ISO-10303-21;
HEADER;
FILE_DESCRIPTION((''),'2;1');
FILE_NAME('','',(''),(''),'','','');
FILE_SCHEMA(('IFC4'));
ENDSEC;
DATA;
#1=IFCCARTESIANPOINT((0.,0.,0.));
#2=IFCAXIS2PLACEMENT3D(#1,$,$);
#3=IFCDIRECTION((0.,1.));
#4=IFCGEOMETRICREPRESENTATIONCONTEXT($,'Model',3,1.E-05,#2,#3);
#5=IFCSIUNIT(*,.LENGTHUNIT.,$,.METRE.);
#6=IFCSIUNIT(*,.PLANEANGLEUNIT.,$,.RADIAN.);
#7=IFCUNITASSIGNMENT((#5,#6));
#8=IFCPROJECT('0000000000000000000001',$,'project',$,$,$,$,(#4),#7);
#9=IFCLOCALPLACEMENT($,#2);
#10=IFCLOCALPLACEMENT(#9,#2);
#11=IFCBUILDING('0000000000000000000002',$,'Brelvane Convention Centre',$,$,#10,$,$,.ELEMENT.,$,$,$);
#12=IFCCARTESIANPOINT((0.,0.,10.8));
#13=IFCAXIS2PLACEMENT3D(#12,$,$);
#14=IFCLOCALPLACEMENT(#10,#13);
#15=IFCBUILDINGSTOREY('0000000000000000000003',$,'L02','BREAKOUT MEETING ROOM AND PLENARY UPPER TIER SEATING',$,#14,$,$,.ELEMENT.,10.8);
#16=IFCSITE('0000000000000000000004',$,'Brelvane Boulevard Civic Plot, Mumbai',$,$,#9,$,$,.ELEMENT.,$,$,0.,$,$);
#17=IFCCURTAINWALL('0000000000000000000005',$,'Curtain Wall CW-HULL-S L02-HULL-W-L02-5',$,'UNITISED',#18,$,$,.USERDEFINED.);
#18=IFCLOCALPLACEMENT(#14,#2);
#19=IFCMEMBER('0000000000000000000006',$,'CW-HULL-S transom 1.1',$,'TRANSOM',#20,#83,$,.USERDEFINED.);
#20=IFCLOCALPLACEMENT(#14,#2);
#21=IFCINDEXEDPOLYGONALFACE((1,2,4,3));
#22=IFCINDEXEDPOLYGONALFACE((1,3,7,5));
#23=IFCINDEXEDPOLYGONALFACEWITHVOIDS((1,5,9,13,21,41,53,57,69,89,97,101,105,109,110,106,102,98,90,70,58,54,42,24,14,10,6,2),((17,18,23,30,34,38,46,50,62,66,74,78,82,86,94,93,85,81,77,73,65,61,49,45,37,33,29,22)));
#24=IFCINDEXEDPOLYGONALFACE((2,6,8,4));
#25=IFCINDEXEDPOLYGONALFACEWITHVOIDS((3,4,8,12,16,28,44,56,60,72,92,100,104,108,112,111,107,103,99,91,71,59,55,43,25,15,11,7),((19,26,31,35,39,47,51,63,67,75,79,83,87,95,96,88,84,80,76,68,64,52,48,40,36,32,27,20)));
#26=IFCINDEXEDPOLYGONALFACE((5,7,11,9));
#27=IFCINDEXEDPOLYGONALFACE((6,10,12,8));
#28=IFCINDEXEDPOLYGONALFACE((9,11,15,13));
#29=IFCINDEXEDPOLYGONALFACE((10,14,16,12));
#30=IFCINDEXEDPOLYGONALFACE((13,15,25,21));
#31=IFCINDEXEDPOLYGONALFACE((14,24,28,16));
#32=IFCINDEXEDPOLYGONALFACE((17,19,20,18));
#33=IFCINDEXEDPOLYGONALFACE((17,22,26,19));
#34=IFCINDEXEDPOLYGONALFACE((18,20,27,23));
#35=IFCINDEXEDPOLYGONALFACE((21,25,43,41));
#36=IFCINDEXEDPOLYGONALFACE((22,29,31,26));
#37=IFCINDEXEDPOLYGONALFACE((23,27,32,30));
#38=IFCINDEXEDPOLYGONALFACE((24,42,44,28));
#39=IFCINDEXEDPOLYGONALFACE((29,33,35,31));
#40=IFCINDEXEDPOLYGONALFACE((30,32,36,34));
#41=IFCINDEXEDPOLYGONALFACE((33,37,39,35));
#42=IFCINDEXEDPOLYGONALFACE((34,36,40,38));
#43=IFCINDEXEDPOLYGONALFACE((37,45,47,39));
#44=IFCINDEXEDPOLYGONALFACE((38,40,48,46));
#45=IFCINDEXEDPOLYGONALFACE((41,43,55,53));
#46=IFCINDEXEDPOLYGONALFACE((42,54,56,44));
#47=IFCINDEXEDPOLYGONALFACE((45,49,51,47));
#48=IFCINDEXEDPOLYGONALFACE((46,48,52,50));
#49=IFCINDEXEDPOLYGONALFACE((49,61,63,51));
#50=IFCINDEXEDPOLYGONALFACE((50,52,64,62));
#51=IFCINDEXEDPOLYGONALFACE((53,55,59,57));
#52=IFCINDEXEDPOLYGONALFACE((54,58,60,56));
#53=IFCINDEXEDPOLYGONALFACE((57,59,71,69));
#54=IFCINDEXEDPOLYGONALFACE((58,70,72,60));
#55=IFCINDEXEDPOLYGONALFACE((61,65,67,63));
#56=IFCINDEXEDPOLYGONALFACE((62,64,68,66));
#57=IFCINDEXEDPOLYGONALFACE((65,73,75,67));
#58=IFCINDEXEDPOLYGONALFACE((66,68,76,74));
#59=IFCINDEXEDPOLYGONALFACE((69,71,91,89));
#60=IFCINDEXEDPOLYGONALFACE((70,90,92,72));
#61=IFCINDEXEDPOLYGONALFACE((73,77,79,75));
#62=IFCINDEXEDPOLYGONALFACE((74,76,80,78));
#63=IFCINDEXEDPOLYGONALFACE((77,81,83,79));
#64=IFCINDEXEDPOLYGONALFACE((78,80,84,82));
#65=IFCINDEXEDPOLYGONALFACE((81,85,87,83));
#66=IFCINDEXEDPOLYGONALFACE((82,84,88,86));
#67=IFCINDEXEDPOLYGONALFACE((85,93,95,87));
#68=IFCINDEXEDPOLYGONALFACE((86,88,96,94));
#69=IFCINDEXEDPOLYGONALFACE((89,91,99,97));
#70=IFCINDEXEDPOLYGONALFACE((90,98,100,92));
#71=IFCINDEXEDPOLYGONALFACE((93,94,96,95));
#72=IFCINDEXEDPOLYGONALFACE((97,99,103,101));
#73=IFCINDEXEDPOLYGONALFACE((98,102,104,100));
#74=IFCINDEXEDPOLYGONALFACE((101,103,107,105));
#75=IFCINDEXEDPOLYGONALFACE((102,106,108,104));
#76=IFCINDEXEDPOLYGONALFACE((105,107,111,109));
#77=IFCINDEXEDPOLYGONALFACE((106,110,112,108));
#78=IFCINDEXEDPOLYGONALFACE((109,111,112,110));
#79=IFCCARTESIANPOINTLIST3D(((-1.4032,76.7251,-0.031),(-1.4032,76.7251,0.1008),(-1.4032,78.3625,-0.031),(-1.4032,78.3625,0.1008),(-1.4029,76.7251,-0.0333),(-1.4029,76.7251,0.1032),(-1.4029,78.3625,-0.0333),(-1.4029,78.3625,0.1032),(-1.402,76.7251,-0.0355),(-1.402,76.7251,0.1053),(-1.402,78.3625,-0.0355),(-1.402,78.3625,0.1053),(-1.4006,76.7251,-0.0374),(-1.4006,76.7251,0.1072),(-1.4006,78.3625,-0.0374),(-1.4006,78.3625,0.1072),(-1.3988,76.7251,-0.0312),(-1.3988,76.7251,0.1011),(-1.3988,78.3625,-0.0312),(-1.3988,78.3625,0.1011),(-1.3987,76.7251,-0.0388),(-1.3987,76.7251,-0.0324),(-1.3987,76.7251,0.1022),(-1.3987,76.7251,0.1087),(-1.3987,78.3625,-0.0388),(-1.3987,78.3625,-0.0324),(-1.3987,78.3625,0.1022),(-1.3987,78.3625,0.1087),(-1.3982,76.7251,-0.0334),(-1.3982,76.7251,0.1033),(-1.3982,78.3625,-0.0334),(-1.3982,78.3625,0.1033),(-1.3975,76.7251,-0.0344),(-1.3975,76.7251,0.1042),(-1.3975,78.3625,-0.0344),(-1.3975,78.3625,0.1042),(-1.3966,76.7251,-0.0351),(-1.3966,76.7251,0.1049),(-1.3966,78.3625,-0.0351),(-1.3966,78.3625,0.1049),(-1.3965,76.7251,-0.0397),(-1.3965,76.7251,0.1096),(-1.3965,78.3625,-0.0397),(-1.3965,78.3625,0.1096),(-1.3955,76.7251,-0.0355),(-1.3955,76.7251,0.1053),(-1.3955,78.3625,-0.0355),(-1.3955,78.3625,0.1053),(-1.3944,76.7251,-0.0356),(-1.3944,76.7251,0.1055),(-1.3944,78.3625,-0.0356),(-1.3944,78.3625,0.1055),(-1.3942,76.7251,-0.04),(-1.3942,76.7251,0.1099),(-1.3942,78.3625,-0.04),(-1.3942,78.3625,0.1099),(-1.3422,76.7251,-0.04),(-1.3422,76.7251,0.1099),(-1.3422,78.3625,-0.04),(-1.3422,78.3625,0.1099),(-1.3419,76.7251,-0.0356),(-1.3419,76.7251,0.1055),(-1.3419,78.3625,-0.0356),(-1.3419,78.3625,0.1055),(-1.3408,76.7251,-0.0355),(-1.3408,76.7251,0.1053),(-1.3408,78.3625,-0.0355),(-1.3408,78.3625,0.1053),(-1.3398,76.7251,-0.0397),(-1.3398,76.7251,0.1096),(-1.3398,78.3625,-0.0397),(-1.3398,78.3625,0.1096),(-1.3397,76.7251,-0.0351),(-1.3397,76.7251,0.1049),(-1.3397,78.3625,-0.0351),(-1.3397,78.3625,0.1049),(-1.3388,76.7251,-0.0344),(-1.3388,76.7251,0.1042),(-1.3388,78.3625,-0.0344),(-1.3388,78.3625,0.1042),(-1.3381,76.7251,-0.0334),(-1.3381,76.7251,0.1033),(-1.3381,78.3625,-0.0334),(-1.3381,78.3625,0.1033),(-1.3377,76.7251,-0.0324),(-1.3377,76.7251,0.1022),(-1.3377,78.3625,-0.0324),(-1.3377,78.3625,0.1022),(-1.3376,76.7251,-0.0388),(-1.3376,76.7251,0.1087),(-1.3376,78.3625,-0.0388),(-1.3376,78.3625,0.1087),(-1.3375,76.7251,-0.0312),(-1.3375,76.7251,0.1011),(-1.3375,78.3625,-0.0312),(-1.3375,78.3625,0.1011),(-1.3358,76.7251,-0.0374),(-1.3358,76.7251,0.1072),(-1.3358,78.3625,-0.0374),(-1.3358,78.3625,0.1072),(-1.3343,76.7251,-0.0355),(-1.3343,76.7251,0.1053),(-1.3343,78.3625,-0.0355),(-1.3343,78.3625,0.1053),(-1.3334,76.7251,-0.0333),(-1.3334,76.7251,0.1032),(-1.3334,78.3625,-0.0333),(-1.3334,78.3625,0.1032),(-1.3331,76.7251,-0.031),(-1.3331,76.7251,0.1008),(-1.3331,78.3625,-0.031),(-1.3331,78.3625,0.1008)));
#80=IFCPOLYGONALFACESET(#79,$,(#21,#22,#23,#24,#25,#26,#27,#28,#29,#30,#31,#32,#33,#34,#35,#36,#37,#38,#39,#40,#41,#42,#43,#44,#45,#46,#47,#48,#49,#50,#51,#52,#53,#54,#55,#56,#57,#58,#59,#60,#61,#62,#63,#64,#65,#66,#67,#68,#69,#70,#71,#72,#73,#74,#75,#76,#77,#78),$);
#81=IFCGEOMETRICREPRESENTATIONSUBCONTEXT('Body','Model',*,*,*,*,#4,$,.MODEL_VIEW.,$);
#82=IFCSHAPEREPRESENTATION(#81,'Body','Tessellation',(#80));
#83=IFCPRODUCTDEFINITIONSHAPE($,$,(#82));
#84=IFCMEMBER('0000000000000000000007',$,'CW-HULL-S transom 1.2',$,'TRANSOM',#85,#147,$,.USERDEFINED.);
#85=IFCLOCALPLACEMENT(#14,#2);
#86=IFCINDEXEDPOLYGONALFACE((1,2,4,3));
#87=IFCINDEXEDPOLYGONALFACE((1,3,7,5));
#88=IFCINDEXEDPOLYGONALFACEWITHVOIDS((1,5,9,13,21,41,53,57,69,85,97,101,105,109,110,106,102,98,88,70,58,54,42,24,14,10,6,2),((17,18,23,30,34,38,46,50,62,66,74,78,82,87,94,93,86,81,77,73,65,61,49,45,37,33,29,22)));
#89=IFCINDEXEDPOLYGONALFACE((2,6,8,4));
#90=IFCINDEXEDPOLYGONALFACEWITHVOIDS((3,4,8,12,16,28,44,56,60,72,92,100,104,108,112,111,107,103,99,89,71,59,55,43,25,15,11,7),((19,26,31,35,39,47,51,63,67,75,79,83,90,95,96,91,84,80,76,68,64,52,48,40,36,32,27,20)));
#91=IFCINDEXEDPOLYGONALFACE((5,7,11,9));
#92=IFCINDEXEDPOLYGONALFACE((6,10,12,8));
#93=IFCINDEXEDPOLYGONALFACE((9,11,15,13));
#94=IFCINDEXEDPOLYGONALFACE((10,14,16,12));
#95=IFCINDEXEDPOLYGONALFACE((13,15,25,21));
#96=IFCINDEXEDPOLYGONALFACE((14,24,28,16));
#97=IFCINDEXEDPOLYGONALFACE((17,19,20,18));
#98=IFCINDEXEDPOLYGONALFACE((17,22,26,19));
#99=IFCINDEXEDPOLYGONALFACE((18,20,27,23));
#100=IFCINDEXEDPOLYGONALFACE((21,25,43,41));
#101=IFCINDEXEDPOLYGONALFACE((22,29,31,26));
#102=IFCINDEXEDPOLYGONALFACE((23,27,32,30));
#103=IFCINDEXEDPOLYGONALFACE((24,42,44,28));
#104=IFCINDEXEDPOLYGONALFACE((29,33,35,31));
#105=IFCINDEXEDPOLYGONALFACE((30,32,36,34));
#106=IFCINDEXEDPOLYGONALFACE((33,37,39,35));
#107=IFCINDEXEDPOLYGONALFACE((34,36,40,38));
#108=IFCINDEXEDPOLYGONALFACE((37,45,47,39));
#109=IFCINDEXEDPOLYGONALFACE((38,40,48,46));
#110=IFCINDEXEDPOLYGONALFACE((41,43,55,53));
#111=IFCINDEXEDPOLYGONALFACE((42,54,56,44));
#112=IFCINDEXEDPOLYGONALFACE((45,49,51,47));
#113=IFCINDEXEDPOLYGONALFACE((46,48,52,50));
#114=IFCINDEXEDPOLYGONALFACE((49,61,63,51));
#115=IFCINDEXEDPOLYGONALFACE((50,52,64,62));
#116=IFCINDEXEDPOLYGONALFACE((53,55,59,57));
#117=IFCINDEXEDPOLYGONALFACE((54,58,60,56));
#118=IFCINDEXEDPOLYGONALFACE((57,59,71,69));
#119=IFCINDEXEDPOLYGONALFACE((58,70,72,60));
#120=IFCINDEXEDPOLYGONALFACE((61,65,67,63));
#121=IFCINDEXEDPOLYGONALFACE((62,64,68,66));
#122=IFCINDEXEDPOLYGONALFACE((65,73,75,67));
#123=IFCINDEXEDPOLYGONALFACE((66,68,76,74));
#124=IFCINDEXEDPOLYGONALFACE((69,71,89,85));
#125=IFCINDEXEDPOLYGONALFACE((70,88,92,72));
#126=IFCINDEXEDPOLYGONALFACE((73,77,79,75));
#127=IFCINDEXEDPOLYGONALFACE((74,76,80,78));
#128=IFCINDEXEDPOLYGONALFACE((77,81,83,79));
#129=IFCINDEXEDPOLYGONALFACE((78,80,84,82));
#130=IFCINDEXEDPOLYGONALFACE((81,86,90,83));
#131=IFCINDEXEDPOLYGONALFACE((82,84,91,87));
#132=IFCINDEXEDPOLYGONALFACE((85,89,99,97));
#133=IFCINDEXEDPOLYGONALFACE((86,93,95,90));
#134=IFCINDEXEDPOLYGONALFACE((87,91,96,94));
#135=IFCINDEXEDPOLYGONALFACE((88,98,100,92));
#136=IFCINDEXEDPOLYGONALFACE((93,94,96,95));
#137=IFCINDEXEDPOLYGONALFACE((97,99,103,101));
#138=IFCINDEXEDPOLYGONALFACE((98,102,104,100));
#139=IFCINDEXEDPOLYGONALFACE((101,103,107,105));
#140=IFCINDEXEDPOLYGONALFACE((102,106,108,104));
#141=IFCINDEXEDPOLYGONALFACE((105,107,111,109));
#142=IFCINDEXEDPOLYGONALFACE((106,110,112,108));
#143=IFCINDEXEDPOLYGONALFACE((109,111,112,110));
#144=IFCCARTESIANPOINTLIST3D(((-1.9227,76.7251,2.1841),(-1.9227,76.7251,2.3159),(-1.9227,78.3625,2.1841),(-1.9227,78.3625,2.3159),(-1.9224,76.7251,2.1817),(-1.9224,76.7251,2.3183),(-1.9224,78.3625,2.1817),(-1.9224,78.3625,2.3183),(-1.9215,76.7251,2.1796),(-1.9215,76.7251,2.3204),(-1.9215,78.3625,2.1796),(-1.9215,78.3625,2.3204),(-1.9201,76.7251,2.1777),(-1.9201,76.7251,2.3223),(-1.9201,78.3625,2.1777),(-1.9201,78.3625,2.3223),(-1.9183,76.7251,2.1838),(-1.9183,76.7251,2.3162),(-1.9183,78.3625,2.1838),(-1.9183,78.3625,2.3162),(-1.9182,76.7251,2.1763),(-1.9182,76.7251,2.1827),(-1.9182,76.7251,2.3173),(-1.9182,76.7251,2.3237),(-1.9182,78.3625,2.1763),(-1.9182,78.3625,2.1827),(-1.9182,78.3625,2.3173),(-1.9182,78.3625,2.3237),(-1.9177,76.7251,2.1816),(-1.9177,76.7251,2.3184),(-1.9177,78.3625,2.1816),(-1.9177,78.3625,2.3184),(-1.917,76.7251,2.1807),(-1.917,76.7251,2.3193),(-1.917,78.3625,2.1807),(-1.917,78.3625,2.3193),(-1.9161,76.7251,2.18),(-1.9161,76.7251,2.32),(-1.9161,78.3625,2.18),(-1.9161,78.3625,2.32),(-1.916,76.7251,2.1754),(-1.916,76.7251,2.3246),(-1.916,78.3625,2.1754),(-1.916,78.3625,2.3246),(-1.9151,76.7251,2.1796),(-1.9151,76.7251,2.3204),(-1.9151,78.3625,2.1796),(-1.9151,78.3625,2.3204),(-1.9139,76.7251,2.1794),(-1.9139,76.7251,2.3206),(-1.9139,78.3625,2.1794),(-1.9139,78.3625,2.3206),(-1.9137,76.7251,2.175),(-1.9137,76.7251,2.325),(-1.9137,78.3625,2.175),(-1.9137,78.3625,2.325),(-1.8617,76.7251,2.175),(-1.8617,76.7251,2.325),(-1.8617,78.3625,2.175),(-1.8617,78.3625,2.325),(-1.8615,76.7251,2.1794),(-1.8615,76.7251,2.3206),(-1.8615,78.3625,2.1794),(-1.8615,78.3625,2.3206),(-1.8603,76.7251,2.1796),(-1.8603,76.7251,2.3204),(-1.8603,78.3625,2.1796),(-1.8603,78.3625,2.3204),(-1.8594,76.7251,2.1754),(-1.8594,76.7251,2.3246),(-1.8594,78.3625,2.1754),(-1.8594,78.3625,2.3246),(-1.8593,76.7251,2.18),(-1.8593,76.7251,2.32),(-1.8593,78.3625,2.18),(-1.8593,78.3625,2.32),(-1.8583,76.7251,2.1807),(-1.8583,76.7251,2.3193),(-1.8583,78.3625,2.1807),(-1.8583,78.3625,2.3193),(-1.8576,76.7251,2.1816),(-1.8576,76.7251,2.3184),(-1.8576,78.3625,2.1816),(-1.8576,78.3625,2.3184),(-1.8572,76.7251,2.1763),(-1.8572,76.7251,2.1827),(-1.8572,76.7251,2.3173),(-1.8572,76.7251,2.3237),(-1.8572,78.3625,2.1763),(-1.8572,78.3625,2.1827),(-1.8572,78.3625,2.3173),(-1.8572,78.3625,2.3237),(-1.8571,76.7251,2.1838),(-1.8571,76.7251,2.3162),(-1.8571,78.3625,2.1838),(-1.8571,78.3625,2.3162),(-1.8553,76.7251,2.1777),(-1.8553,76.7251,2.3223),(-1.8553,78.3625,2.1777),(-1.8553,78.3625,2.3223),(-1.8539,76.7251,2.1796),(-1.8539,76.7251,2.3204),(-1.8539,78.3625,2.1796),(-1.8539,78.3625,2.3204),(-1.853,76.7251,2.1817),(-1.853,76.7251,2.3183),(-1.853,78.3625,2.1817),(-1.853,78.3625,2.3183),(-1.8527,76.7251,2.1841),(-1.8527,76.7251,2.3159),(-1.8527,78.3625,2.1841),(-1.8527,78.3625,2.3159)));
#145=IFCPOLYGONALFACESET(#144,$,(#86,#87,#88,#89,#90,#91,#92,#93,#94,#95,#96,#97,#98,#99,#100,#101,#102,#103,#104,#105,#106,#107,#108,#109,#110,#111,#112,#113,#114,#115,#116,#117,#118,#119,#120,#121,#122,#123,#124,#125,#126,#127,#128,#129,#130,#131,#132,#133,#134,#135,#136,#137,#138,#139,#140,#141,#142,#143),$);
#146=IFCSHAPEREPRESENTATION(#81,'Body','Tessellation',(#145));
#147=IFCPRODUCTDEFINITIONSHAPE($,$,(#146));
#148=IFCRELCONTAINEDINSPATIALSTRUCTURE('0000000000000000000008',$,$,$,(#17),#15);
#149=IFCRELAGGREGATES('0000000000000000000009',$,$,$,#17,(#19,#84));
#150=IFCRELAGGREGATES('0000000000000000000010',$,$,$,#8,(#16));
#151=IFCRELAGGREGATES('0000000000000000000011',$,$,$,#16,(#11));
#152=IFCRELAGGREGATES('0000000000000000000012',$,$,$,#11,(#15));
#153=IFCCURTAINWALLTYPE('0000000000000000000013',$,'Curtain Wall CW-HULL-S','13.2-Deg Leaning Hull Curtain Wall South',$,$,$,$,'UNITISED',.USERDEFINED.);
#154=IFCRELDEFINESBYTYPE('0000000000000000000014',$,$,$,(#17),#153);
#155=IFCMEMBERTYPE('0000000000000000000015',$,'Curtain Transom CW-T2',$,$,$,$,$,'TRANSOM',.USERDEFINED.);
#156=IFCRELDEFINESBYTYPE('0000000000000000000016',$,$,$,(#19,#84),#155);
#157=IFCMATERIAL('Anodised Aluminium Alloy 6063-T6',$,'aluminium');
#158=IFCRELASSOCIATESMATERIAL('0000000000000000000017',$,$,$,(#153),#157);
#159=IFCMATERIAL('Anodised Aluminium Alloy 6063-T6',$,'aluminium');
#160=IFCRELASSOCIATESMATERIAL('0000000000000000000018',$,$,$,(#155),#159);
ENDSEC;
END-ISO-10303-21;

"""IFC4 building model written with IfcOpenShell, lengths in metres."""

from ifc_helpers import new_model, si_unit, direction, frame, origin, origin_2d, place, context, subcontext, project, spatial, hollow_rectangle, extrude, material, material_profile, profile_set, type_object, element, aggregate, save


model = new_model("IFC4")

# Units and contexts
model_context = context("Model", 3, precision=1e-05, world=origin(), true_north=direction((0.0, 1.0)))
body_context = subcontext(model_context, "Body", "Model", "MODEL_VIEW")
ifc_project = project(units=[si_unit("LENGTHUNIT", "METRE"), si_unit("PLANEANGLEUNIT", "RADIAN")], contexts=[model_context])

# Site, building, storey
site_placement = place(None, origin())
site = spatial("IfcSite", under=ifc_project, at=site_placement, Name="Brelvane Boulevard Civic Plot, Mumbai", CompositionType="ELEMENT", RefElevation=0.0)
building_placement = place(site_placement, origin())
building = spatial("IfcBuilding", under=site, at=building_placement, Name="Brelvane Convention Centre", CompositionType="ELEMENT")
storey_placement = place(building_placement, frame((0.0, 0.0, 10.8)))
storey = spatial("IfcBuildingStorey", under=building, at=storey_placement, Name="L02", Description="BREAKOUT MEETING ROOM AND PLENARY UPPER TIER SEATING", CompositionType="ELEMENT", Elevation=10.8)

# Curtain wall, members
ifc_material_1 = material(Name="Anodised Aluminium Alloy 6063-T6", Category="aluminium")
curtain_wall_type = type_object("IfcCurtainWallType", Name="Curtain Wall CW-HULL-S", Description="13.2-Deg Leaning Hull Curtain Wall South", ElementType="UNITISED", PredefinedType="USERDEFINED", material=ifc_material_1)
curtain_wall_placement = place(storey_placement, origin())
curtain_wall = element("IfcCurtainWall", 1, at=curtain_wall_placement, inside=storey, type_object=curtain_wall_type, Name="Curtain Wall CW-HULL-S L02-HULL-W-L02-5", ObjectType="UNITISED", PredefinedType="USERDEFINED")
ifc_material_2 = material(Name="Anodised Aluminium Alloy 6063-T6", Category="aluminium")
ifc_material_profile_1 = material_profile(ifc_material_2, hollow_rectangle(XDim=0.0701, YDim=0.1499, WallThickness=0.0044, InnerFilletRadius=0.0044, OuterFilletRadius=0.009, at=origin_2d()), Name="ALU-T 150x70x4.5")
ifc_profile_set_1 = profile_set([ifc_material_profile_1], Name="Anodised Aluminium Alloy 6063-T6")
member_type_1 = type_object("IfcMemberType", Name="Curtain Transom CW-T2", ElementType="TRANSOM", PredefinedType="USERDEFINED", material=ifc_profile_set_1)
member_1_placement = place(storey_placement, frame((-1.3682, 76.7251, 0.0349), z_axis=(0.0, 1.0, 0.0), x_axis=(-1.0, 0.0, 0.0)))
member_1 = element("IfcMember", 2, at=member_1_placement, type_object=member_type_1, Name="CW-HULL-S transom 1.1", ObjectType="TRANSOM", PredefinedType="USERDEFINED", context=body_context, shape_type="SweptSolid", body=[
    extrude(hollow_rectangle(XDim=0.0701, YDim=0.1499, WallThickness=0.0044, InnerFilletRadius=0.0044, OuterFilletRadius=0.009, at=origin_2d()), origin(), (0.0, 0.0, 1.0), 1.6375),
])
member_2_placement = place(storey_placement, frame((-1.8877, 76.7251, 2.25), z_axis=(0.0, 1.0, 0.0), x_axis=(-1.0, 0.0, 0.0)))
member_2 = element("IfcMember", 3, at=member_2_placement, type_object=member_type_1, Name="CW-HULL-S transom 1.2", ObjectType="TRANSOM", PredefinedType="USERDEFINED", context=body_context, shape_type="SweptSolid", body=[
    extrude(hollow_rectangle(XDim=0.0701, YDim=0.1499, WallThickness=0.0044, InnerFilletRadius=0.0044, OuterFilletRadius=0.009, at=origin_2d()), origin(), (0.0, 0.0, 1.0), 1.6375),
])
aggregate(curtain_wall, [member_1, member_2])

save(model, "model.ifc")
